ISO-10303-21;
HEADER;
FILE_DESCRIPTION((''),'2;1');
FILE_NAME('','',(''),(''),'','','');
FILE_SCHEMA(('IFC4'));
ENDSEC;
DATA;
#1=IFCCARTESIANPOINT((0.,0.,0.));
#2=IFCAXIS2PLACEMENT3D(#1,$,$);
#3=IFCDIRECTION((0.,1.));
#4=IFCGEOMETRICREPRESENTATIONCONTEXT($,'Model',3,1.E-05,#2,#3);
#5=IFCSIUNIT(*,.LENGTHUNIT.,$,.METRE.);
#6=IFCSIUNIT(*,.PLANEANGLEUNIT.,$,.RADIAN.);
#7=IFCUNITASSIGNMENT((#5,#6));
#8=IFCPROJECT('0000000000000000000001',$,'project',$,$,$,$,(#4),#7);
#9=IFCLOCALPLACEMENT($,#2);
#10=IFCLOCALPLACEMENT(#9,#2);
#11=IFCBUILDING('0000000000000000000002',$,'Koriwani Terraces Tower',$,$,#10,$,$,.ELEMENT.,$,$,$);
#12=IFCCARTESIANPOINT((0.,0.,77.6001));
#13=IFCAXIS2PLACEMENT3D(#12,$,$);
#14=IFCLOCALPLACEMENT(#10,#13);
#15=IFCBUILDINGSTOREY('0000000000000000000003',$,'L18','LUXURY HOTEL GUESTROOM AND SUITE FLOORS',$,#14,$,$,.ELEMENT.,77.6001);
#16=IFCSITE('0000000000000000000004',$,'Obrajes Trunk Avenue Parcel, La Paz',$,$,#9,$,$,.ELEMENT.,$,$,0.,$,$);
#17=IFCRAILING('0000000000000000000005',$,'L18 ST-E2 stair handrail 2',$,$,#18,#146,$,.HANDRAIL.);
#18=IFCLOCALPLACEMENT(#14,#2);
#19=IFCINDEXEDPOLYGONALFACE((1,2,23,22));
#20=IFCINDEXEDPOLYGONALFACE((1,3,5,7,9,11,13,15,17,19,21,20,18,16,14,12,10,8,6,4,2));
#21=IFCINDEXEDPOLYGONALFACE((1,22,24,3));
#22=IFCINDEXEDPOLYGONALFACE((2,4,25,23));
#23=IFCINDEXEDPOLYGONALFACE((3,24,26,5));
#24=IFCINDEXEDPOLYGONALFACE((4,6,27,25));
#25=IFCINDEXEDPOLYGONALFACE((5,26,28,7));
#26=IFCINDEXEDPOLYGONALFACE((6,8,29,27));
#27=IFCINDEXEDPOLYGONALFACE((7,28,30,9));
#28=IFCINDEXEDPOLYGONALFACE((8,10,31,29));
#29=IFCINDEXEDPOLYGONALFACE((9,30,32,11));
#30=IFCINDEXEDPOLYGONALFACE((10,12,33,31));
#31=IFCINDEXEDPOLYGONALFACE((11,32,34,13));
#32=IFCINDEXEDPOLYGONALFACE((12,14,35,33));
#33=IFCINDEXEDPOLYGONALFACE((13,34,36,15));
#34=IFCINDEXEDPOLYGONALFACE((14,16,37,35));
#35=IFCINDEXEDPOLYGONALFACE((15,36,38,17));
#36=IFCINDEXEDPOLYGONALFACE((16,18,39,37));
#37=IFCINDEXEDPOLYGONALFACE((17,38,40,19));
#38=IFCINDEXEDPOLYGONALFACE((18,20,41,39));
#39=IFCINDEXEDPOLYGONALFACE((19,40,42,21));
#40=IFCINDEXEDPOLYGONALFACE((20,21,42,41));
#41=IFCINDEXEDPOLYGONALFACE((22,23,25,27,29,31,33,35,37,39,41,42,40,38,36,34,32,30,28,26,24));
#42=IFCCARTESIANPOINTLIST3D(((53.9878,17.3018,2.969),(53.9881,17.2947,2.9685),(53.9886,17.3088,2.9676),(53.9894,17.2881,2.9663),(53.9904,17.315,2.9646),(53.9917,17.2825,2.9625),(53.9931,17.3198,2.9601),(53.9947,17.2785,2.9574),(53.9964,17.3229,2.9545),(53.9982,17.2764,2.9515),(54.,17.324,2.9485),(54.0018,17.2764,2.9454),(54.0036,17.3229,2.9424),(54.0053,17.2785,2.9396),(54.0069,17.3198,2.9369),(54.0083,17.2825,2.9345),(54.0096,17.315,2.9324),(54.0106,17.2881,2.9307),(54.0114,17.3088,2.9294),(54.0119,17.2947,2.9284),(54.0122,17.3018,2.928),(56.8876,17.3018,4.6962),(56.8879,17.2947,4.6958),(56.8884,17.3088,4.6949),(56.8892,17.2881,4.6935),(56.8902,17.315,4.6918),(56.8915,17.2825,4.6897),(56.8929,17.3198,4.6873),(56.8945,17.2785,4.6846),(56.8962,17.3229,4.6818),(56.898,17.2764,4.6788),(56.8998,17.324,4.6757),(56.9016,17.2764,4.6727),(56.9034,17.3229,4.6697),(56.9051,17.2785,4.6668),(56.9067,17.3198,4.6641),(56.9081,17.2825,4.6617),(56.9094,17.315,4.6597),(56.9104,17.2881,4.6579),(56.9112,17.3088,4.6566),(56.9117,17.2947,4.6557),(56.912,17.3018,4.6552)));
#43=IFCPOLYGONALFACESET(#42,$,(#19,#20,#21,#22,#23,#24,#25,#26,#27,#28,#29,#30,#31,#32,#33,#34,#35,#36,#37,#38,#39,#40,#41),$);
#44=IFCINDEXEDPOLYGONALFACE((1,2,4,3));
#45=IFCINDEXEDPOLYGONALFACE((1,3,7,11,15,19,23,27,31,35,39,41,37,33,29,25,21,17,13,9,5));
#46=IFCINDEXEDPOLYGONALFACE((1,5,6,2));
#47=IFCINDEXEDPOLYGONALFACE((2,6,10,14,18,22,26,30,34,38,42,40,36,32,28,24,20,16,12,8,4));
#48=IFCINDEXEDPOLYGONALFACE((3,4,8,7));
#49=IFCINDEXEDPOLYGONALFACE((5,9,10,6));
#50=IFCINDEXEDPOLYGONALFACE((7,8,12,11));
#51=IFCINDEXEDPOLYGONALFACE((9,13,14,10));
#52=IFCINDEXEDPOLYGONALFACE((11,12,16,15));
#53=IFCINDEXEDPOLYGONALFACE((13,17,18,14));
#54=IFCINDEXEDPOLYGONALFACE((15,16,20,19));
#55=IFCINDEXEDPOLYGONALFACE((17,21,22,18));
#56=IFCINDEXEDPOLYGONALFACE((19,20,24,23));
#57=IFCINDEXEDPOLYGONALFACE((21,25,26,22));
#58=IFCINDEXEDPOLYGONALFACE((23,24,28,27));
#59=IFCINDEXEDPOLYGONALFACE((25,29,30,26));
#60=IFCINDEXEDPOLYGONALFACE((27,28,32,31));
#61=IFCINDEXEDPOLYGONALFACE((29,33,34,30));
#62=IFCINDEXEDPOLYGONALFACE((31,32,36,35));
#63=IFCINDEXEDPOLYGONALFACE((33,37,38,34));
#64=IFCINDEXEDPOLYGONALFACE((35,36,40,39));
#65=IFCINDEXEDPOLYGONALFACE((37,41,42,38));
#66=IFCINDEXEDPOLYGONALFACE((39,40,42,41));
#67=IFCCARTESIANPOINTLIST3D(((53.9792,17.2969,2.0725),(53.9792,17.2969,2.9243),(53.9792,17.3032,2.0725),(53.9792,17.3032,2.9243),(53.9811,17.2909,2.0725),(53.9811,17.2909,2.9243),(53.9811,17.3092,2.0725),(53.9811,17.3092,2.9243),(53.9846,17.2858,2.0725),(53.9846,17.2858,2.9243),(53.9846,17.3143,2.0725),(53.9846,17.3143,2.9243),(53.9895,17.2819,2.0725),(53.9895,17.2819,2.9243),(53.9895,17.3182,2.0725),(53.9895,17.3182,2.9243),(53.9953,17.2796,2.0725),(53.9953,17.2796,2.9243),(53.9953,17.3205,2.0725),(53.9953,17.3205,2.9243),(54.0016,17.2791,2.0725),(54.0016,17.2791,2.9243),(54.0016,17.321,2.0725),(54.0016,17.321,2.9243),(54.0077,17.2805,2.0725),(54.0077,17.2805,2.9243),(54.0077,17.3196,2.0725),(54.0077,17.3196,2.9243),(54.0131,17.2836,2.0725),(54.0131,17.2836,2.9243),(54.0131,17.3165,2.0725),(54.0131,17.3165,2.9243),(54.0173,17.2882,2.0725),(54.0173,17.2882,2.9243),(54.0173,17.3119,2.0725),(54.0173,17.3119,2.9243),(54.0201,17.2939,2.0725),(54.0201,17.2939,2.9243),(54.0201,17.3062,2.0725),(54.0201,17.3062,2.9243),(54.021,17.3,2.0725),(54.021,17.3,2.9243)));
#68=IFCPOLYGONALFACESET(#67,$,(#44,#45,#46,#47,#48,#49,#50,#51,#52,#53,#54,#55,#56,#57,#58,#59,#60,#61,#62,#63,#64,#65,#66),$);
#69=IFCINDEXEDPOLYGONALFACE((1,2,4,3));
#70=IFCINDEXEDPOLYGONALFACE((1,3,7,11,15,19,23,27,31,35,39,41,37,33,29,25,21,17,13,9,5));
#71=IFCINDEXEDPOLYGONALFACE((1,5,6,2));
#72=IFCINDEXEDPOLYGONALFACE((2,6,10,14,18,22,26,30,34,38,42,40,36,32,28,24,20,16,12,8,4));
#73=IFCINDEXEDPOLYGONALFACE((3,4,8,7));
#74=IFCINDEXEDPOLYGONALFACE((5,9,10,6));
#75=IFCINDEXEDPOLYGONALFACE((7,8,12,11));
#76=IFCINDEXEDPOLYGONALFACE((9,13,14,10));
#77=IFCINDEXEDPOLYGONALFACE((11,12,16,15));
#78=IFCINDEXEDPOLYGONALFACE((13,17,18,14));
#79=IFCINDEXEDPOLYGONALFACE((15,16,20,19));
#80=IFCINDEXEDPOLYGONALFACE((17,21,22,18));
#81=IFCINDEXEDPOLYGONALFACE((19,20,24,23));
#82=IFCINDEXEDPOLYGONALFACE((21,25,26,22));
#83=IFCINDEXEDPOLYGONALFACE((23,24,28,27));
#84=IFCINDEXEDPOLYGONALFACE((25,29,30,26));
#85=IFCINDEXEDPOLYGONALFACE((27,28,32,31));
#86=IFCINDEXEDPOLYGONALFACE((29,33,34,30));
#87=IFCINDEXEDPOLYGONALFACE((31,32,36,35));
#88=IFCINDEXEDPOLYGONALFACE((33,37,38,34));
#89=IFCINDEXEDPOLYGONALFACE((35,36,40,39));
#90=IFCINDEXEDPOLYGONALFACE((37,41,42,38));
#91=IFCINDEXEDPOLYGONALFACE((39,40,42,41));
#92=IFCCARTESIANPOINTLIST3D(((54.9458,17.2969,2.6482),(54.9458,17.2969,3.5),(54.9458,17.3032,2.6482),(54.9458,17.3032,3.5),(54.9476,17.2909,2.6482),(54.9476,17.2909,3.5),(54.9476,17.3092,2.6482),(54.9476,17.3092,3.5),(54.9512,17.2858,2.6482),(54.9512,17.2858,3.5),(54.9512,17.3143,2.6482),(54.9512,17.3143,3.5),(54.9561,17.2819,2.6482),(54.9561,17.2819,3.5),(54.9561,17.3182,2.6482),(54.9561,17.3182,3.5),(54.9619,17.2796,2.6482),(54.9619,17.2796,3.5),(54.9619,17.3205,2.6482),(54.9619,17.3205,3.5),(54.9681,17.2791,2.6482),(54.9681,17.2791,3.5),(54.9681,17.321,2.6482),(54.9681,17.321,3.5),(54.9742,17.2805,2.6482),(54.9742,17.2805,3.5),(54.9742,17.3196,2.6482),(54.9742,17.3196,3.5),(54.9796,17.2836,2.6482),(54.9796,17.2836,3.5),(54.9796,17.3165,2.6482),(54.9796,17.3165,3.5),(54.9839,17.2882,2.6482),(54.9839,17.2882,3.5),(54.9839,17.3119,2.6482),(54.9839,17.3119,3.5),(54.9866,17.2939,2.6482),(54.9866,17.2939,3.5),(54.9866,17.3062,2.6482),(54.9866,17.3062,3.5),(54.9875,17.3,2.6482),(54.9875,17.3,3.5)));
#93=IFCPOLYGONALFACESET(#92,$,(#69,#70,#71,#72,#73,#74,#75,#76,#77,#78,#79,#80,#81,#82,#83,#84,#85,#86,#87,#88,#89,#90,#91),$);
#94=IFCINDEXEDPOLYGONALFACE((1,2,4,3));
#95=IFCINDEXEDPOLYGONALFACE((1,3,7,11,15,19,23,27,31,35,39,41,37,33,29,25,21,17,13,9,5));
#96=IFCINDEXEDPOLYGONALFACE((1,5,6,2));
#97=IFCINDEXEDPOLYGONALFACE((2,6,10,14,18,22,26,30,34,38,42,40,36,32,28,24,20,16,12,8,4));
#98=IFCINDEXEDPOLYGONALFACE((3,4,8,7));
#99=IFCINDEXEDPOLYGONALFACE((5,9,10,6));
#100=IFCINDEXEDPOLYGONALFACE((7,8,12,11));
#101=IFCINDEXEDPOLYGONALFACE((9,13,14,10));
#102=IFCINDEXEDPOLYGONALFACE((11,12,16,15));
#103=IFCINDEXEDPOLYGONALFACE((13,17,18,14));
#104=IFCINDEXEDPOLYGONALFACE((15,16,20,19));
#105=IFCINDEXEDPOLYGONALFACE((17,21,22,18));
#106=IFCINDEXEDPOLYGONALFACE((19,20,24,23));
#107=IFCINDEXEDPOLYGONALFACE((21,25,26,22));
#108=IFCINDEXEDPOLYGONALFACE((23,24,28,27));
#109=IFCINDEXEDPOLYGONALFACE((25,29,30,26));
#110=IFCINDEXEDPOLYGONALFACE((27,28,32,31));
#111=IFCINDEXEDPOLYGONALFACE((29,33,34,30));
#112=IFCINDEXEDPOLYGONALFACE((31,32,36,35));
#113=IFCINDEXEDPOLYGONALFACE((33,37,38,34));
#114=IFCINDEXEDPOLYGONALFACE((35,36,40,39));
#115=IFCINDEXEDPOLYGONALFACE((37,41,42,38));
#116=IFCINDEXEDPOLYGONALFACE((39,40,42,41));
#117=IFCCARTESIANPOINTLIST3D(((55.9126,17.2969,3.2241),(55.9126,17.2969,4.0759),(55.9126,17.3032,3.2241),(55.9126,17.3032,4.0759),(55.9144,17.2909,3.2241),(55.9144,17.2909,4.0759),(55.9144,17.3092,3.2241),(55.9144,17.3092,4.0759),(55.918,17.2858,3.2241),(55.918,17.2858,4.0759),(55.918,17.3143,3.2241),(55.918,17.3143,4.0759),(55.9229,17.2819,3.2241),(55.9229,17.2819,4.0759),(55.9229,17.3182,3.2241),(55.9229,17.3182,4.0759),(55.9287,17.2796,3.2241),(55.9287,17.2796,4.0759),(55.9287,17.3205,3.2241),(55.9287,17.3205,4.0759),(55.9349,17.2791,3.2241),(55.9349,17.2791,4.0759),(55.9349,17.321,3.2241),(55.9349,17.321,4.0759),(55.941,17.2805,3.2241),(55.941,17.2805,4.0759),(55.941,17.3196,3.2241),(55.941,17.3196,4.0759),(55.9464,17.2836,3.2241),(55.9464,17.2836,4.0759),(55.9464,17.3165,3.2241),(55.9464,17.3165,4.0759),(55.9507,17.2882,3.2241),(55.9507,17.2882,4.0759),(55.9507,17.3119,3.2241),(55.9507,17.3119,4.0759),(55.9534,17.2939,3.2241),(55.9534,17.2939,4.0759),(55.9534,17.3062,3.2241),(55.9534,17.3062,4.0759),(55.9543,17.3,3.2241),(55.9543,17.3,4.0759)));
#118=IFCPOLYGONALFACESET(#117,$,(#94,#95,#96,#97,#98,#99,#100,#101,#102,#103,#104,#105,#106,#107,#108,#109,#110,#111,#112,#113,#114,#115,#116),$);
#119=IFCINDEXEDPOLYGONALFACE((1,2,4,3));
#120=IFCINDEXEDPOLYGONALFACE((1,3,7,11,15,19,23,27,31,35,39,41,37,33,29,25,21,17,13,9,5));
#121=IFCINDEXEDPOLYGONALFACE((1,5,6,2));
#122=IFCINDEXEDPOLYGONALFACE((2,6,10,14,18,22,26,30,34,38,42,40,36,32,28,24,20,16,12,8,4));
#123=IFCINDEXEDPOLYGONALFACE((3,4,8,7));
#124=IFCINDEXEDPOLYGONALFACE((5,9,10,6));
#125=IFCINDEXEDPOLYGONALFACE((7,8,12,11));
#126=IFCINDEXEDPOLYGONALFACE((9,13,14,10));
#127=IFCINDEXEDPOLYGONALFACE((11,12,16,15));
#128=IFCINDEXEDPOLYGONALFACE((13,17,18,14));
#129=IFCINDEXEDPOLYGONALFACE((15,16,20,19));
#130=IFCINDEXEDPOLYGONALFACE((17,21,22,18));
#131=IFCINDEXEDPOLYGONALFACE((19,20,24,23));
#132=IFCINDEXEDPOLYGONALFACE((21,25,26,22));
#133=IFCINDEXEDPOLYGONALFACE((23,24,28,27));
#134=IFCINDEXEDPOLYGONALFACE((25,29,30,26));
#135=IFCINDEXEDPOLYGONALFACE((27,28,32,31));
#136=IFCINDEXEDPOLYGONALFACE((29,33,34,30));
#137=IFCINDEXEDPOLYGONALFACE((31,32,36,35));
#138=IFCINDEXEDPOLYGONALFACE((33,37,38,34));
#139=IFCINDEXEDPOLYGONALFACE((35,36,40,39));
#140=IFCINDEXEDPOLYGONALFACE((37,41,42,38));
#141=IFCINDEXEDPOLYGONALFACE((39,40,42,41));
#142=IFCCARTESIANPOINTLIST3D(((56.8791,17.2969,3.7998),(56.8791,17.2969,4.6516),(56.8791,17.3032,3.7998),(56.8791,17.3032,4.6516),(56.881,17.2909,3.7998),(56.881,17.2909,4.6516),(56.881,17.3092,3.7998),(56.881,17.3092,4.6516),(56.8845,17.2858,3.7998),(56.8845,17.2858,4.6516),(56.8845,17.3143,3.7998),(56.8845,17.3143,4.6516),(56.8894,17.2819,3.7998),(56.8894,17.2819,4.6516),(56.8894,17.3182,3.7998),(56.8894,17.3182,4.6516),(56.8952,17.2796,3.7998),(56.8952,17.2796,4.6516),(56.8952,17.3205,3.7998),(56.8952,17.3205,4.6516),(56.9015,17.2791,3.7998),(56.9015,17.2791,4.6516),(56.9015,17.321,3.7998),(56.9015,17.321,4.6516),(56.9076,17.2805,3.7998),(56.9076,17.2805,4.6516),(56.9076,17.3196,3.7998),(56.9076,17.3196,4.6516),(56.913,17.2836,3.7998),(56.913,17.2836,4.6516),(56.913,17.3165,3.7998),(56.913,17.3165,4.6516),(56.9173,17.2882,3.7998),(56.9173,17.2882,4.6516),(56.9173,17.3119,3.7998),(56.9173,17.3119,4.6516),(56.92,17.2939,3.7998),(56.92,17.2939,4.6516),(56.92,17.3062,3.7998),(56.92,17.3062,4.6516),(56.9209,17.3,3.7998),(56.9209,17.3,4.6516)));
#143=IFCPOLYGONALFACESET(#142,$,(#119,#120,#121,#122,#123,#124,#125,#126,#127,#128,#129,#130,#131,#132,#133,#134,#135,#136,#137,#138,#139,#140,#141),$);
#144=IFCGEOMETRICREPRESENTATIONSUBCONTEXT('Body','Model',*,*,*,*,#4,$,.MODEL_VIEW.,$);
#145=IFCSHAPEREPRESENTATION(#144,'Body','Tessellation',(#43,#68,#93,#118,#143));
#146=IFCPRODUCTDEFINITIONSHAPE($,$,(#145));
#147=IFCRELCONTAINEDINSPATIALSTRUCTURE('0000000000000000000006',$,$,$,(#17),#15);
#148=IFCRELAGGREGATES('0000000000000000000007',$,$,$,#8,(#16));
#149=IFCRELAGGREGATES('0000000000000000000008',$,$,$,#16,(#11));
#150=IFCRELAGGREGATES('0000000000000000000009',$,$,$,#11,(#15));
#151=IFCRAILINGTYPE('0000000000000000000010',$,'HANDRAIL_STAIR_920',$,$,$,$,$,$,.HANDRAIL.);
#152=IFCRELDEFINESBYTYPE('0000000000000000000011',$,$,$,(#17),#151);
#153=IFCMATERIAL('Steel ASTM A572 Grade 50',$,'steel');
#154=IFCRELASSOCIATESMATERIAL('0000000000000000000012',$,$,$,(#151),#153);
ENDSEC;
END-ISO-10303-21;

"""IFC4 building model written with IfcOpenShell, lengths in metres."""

from ifc_helpers import new_model, si_unit, direction, frame, origin, origin_2d, place, context, subcontext, project, spatial, circle, extrude, material, type_object, element, save


model = new_model("IFC4")

# Units and contexts
model_context = context("Model", 3, precision=1e-05, world=origin(), true_north=direction((0.0, 1.0)))
body_context = subcontext(model_context, "Body", "Model", "MODEL_VIEW")
ifc_project = project(units=[si_unit("LENGTHUNIT", "METRE"), si_unit("PLANEANGLEUNIT", "RADIAN")], contexts=[model_context])

# Site, building, storey
site_placement = place(None, origin())
site = spatial("IfcSite", under=ifc_project, at=site_placement, Name="Obrajes Trunk Avenue Parcel, La Paz", CompositionType="ELEMENT", RefElevation=0.0)
building_placement = place(site_placement, origin())
building = spatial("IfcBuilding", under=site, at=building_placement, Name="Koriwani Terraces Tower", CompositionType="ELEMENT")
storey_placement = place(building_placement, frame((0.0, 0.0, 77.6001)))
storey = spatial("IfcBuildingStorey", under=building, at=storey_placement, Name="L18", Description="LUXURY HOTEL GUESTROOM AND SUITE FLOORS", CompositionType="ELEMENT", Elevation=77.6001)

# Shared definitions
ifc_material_1 = material(Name="Steel ASTM A572 Grade 50", Category="steel")

# Railing
railing_type_1 = type_object("IfcRailingType", Name="HANDRAIL_STAIR_920", PredefinedType="HANDRAIL", material=ifc_material_1)
railing_1_placement = place(storey_placement, frame((54.0, 17.3, 2.0725)))
element("IfcRailing", 1, at=railing_1_placement, inside=storey, type_object=railing_type_1, Name="L18 ST-E2 stair handrail 2", PredefinedType="HANDRAIL", context=body_context, shape_type="SweptSolid", body=[
    extrude(circle(Radius=0.0239, at=origin_2d()), frame((0.0, 0.0, 0.876), z_axis=(0.859141, 0.0, 0.511738), x_axis=(0.0, 1.0, 0.0)), (0.0, 0.0, 1.0), 3.3752),
    extrude(circle(Radius=0.021, at=origin_2d()), origin(), (0.0, 0.0, 1.0), 0.8518),
    extrude(circle(Radius=0.021, at=origin_2d()), frame((0.9666, 0.0, 0.5757)), (0.0, 0.0, 1.0), 0.8518),
    extrude(circle(Radius=0.021, at=origin_2d()), frame((1.9333, 0.0, 1.1516)), (0.0, 0.0, 1.0), 0.8518),
    extrude(circle(Radius=0.021, at=origin_2d()), frame((2.8999, 0.0, 1.7273)), (0.0, 0.0, 1.0), 0.8518),
])

save(model, "model.ifc")
